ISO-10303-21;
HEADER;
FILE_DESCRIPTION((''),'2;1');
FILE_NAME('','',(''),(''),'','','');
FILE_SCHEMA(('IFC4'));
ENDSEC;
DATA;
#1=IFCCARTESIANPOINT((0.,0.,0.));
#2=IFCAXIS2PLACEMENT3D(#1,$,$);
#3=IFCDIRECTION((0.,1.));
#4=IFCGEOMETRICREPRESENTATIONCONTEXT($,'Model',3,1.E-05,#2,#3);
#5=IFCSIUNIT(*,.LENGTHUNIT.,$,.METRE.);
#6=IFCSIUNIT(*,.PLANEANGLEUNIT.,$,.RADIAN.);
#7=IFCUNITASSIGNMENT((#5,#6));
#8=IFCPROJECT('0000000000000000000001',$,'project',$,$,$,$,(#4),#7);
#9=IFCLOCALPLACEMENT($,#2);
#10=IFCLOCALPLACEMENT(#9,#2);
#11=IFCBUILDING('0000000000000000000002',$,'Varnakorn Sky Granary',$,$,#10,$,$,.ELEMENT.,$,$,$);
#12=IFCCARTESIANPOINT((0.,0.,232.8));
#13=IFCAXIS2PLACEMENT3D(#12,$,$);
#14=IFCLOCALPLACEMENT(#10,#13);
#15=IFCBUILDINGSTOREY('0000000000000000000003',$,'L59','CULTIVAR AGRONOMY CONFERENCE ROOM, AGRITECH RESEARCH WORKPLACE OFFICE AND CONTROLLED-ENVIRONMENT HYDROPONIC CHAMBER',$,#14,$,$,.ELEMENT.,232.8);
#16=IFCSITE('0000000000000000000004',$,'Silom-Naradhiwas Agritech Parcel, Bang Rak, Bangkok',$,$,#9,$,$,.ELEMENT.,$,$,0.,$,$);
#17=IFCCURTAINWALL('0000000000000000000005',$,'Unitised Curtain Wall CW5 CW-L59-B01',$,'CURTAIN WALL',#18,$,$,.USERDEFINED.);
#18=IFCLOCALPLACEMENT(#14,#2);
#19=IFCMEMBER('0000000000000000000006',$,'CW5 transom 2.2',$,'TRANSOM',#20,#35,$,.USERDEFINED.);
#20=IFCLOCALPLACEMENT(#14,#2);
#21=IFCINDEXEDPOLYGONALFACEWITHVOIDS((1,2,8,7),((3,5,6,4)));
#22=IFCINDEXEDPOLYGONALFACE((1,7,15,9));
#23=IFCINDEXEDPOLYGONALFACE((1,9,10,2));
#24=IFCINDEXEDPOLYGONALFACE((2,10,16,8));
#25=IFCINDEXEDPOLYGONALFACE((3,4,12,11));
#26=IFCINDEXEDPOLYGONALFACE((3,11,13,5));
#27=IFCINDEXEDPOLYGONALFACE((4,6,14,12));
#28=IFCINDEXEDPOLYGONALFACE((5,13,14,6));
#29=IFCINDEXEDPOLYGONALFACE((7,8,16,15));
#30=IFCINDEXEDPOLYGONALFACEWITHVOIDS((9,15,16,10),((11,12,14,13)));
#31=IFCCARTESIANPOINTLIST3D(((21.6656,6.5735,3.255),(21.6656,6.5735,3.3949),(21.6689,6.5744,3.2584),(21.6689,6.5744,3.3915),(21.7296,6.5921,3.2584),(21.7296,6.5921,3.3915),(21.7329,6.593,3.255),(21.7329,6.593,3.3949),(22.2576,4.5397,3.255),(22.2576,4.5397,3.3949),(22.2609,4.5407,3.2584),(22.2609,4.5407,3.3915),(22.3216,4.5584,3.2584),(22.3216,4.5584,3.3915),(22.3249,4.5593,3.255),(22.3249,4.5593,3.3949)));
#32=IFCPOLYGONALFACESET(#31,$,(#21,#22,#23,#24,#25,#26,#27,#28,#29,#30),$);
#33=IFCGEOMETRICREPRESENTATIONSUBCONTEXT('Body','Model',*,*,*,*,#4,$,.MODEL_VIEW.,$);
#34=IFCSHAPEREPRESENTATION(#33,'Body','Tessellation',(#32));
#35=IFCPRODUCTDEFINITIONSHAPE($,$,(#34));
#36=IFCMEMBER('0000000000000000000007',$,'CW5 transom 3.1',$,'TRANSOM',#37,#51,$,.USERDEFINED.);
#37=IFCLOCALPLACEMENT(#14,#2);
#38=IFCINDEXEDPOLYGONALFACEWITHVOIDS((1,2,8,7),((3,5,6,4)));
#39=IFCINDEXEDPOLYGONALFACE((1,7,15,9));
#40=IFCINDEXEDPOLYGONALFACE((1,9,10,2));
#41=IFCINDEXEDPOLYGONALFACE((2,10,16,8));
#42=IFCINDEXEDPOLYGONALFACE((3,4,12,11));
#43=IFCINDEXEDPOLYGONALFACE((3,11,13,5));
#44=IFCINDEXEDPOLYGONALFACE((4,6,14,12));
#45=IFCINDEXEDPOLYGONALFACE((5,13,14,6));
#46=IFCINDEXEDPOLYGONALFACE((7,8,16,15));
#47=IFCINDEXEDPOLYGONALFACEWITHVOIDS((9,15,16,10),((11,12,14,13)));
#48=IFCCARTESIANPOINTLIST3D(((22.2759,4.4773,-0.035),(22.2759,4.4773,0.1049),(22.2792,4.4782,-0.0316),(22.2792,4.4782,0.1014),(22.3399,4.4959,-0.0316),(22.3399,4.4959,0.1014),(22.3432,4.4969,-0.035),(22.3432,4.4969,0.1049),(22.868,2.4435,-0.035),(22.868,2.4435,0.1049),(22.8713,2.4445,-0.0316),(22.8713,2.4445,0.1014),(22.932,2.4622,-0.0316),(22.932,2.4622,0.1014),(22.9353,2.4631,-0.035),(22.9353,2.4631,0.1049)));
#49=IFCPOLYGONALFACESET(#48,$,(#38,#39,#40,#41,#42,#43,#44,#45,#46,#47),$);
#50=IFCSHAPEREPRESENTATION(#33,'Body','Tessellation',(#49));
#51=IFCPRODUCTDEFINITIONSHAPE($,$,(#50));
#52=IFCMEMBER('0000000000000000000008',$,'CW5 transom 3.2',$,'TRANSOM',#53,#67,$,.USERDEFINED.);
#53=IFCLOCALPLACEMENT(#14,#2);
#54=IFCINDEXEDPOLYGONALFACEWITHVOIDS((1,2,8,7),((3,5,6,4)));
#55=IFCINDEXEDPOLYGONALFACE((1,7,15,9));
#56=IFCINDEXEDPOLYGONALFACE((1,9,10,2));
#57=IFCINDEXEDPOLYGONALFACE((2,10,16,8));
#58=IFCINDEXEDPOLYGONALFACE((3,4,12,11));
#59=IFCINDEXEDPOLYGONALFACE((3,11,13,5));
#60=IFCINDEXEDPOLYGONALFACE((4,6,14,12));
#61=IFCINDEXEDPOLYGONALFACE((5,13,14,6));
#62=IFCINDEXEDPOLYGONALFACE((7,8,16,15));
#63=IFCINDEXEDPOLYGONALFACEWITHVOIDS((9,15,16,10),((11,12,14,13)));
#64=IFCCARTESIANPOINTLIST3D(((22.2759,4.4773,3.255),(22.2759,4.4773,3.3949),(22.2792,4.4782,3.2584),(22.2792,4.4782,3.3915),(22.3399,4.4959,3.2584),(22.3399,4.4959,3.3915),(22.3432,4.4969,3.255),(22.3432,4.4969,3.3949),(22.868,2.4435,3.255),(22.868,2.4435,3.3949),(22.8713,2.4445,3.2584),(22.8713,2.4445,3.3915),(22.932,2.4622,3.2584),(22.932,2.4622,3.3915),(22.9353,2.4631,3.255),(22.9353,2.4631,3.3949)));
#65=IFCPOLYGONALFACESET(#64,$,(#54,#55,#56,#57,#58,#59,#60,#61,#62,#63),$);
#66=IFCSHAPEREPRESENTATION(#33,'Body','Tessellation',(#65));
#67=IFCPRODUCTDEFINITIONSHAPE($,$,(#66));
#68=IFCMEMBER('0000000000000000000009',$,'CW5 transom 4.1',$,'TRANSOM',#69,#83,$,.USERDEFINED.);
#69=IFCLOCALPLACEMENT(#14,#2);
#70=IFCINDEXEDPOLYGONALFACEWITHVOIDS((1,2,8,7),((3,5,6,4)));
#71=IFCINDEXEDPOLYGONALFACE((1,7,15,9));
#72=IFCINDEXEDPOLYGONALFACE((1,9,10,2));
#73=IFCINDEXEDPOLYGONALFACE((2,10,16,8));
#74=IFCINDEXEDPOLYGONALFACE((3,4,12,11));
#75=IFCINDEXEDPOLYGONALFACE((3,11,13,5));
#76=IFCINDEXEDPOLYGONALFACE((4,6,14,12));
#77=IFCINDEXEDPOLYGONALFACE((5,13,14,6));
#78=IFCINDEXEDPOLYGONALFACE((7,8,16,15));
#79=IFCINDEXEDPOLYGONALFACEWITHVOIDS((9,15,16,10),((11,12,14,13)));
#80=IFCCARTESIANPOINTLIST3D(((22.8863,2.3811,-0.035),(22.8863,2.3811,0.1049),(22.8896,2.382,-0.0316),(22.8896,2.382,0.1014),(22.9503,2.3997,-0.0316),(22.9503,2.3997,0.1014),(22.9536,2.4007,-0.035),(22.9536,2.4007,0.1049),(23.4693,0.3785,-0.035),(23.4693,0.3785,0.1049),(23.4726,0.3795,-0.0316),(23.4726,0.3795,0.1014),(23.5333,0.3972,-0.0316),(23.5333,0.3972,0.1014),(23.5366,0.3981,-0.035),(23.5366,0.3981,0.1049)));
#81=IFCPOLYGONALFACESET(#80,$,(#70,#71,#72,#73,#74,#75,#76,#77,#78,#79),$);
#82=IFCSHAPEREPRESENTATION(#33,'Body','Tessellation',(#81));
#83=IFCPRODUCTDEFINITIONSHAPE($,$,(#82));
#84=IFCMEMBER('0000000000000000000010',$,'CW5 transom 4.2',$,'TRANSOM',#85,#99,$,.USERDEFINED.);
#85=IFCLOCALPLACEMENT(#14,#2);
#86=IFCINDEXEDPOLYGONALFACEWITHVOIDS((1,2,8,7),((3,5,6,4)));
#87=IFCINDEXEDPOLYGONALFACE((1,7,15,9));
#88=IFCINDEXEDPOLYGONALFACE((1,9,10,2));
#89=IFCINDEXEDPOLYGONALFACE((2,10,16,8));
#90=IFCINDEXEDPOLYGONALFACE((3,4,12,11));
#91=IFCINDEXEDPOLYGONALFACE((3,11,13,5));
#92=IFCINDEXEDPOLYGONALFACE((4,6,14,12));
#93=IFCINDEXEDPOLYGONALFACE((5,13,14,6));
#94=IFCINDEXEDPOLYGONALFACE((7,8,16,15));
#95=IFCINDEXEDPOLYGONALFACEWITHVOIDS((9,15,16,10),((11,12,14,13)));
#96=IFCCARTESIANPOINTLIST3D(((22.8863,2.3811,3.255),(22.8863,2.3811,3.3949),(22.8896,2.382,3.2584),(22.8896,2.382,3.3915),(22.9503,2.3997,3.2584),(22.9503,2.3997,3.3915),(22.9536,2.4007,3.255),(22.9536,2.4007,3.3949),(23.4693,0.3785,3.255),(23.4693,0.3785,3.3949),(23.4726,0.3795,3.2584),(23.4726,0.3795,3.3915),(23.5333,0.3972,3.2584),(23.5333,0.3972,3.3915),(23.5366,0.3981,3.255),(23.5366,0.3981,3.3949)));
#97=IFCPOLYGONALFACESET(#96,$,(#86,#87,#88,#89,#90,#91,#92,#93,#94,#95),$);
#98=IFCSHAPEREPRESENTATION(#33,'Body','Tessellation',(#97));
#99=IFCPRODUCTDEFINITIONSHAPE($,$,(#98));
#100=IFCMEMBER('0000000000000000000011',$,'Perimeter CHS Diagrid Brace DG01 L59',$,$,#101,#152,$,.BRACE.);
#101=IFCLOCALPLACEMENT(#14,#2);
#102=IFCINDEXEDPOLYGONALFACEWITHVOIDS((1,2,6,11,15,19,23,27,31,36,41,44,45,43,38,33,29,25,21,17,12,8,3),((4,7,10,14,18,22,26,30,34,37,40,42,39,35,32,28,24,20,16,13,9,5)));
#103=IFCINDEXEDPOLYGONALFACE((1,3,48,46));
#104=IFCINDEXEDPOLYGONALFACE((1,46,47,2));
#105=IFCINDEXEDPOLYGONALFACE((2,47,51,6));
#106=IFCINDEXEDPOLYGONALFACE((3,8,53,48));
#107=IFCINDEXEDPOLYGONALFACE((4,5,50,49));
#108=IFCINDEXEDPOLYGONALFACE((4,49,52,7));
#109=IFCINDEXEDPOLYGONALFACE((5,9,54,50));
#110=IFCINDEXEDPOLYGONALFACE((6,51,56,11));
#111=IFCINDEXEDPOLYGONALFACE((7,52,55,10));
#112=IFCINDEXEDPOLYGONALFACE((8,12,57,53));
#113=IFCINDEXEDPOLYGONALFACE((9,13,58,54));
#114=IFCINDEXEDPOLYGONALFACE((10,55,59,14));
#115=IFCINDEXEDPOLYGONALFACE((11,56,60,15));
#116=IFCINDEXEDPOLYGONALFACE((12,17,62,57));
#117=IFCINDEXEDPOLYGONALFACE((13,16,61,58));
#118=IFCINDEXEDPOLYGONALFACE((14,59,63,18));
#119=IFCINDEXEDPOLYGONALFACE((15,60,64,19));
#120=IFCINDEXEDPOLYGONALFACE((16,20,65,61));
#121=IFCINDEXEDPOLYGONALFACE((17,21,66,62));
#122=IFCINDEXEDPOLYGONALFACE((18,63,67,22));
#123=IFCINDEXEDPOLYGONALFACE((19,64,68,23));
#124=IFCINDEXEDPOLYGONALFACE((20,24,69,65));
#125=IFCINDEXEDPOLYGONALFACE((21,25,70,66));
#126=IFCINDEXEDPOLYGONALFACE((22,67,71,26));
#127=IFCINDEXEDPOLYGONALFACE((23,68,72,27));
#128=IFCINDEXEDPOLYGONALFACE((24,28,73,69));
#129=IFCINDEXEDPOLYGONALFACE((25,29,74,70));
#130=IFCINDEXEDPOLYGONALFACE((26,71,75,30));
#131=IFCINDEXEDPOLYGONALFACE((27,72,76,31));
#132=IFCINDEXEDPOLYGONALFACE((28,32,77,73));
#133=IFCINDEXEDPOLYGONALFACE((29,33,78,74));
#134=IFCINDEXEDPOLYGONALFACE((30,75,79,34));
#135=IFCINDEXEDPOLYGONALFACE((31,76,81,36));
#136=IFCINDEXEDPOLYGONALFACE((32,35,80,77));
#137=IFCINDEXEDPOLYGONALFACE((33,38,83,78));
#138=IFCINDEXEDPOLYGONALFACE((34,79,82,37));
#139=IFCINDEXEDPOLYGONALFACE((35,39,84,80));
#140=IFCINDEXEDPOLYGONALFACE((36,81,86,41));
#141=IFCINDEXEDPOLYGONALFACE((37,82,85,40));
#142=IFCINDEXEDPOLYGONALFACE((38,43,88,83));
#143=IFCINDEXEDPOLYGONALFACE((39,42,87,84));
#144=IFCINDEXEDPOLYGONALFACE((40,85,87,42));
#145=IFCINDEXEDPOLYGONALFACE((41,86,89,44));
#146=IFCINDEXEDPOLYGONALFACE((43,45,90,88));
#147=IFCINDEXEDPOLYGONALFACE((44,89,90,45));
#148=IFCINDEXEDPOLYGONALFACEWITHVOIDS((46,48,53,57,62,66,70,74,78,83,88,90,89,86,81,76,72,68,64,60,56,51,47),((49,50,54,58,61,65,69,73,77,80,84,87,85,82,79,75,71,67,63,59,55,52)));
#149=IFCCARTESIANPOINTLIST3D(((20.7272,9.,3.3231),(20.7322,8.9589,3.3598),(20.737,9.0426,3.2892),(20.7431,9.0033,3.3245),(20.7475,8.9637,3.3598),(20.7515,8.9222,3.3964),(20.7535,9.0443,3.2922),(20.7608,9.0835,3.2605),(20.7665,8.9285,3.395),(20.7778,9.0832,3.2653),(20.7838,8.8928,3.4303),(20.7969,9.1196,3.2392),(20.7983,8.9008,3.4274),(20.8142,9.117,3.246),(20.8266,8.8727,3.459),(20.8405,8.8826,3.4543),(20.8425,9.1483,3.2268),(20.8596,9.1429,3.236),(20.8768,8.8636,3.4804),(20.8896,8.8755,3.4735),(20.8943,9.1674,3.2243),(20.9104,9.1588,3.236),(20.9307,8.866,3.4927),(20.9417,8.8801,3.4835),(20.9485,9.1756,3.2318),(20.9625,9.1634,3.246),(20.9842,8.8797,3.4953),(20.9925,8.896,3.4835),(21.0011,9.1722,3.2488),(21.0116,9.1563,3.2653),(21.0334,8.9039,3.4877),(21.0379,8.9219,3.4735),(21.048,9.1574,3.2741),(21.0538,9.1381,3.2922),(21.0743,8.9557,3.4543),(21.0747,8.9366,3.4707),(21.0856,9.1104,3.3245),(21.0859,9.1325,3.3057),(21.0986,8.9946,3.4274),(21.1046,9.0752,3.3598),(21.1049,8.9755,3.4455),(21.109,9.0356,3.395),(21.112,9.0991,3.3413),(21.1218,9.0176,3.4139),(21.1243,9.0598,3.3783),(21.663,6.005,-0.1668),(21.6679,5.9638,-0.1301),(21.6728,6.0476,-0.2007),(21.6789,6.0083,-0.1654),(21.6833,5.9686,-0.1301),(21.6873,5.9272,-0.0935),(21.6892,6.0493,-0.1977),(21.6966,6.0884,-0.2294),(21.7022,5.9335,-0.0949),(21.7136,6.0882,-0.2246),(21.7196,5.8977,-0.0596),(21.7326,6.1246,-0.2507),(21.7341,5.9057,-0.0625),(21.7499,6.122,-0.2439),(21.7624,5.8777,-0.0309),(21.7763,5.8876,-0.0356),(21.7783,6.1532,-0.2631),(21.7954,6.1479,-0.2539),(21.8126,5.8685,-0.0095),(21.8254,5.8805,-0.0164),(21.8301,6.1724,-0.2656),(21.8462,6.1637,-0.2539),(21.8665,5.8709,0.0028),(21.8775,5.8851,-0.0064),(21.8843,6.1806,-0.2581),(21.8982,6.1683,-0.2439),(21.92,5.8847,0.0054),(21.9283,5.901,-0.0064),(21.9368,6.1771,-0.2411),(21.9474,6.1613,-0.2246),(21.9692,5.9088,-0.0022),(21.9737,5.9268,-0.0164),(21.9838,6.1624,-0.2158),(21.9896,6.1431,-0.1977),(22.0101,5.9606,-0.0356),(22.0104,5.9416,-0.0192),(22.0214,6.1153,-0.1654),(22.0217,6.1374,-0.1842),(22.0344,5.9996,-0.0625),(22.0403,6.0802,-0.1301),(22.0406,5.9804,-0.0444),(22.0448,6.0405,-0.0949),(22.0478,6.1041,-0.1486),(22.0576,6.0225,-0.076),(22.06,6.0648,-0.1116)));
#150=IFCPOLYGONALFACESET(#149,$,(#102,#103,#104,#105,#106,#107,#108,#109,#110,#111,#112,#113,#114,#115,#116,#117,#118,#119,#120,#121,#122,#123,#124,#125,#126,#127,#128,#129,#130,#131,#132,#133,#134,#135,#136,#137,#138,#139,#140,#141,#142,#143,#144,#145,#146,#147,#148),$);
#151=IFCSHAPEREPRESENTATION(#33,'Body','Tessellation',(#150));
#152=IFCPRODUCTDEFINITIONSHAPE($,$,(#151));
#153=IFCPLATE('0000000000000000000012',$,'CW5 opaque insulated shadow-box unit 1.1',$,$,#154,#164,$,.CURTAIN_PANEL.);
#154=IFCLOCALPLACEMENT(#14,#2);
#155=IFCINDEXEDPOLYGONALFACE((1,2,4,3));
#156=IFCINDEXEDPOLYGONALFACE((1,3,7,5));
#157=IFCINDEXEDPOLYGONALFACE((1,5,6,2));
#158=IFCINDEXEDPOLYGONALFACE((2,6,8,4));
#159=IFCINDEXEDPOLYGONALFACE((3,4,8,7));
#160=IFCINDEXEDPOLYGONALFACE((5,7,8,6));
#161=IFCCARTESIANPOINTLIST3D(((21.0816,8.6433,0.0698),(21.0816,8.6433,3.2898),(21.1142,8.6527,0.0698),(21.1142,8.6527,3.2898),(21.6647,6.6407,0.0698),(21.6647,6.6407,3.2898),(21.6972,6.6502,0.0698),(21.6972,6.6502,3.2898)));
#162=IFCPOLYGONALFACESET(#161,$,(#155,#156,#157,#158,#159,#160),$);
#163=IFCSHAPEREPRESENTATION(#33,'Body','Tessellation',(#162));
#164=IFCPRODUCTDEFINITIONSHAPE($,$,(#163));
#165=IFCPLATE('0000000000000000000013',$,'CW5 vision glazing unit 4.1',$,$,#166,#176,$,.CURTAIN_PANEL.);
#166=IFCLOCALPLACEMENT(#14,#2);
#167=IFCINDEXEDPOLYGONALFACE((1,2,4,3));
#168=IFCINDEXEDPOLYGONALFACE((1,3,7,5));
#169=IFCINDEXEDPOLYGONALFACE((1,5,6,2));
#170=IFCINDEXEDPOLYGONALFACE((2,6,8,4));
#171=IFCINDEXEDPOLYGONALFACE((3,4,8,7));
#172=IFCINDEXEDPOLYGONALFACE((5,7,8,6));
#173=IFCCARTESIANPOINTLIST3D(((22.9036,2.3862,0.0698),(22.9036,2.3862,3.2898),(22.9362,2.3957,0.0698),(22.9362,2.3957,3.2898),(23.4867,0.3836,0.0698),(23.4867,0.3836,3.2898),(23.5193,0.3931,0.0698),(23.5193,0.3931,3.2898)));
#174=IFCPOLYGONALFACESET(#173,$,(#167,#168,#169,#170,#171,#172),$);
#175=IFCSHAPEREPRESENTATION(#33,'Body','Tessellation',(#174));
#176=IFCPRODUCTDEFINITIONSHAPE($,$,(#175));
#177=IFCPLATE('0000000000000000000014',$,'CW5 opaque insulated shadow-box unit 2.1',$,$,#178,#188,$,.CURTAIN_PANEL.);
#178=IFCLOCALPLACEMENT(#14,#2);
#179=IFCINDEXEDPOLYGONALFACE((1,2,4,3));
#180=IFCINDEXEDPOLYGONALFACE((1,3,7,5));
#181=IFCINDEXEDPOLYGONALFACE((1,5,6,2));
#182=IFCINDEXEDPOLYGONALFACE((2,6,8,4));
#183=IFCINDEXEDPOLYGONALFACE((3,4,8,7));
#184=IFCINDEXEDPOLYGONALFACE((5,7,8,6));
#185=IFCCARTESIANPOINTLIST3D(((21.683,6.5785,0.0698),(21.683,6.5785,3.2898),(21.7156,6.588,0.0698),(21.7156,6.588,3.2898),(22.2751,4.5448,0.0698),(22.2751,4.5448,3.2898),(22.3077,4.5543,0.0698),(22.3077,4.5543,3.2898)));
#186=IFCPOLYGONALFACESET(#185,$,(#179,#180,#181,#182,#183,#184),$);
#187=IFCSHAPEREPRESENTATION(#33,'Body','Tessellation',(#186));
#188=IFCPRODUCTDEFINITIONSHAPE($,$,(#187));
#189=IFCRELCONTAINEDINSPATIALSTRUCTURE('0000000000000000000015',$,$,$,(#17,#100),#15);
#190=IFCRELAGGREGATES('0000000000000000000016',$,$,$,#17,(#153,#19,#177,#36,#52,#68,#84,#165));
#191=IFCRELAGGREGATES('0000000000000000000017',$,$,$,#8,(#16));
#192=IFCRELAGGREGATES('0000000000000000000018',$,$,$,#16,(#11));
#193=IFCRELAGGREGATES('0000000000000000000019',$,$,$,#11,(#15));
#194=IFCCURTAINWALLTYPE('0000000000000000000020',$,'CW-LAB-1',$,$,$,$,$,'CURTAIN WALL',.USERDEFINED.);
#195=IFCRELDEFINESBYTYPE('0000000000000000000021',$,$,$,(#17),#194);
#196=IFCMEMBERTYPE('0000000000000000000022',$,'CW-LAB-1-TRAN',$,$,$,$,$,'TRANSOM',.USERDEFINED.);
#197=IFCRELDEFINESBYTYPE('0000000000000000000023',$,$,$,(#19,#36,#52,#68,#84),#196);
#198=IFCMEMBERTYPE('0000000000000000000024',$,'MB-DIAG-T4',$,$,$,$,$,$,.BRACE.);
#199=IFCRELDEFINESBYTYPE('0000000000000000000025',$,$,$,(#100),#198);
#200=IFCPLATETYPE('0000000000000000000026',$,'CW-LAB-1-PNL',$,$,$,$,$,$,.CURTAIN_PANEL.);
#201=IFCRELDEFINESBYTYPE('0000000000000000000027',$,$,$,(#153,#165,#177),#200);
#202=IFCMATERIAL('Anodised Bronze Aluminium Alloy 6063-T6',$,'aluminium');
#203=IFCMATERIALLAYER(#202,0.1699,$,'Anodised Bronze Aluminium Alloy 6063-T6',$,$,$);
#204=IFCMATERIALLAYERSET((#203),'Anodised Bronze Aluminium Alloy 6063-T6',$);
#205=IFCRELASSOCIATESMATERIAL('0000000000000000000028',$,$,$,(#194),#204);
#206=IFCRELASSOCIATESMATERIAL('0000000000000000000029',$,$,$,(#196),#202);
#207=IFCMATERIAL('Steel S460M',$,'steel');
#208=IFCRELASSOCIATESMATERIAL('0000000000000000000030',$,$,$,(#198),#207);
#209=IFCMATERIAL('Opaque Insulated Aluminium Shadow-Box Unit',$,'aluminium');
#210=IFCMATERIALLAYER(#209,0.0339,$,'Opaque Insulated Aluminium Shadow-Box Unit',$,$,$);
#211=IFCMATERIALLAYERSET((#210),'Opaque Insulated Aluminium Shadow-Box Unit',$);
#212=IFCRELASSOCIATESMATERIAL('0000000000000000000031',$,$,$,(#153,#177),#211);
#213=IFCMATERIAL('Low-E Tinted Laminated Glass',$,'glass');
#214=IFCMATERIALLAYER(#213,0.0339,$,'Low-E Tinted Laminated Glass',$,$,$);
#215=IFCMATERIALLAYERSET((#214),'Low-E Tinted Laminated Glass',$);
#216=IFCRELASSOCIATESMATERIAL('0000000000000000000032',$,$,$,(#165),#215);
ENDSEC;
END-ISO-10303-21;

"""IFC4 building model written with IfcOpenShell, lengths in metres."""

from ifc_helpers import new_model, si_unit, direction, frame, origin, origin_2d, place, context, subcontext, project, spatial, rectangle, hollow_rectangle, hollow_circle, extrude, source, transform, mapped, material, layer, layer_set, material_profile, profile_set, type_object, type_shapes, element, aggregate, save


model = new_model("IFC4")

# Units and contexts
model_context = context("Model", 3, precision=1e-05, world=origin(), true_north=direction((0.0, 1.0)))
body_context = subcontext(model_context, "Body", "Model", "MODEL_VIEW")
ifc_project = project(units=[si_unit("LENGTHUNIT", "METRE"), si_unit("PLANEANGLEUNIT", "RADIAN")], contexts=[model_context])

# Site, building, storey
site_placement = place(None, origin())
site = spatial("IfcSite", under=ifc_project, at=site_placement, Name="Silom-Naradhiwas Agritech Parcel, Bang Rak, Bangkok", CompositionType="ELEMENT", RefElevation=0.0)
building_placement = place(site_placement, origin())
building = spatial("IfcBuilding", under=site, at=building_placement, Name="Varnakorn Sky Granary", CompositionType="ELEMENT")
storey_placement = place(building_placement, frame((0.0, 0.0, 232.8)))
storey = spatial("IfcBuildingStorey", under=building, at=storey_placement, Name="L59", Description="CULTIVAR AGRONOMY CONFERENCE ROOM, AGRITECH RESEARCH WORKPLACE OFFICE AND CONTROLLED-ENVIRONMENT HYDROPONIC CHAMBER", CompositionType="ELEMENT", Elevation=232.8)

# Shared definitions
ifc_material_1 = material(Name="Steel S460M", Category="steel")

# Curtain wall, members
ifc_material_2 = material(Name="Anodised Bronze Aluminium Alloy 6063-T6", Category="aluminium")
ifc_layer_1 = layer(ifc_material_2, 0.1699, Name="Anodised Bronze Aluminium Alloy 6063-T6")
ifc_layer_set_1 = layer_set([ifc_layer_1], Name="Anodised Bronze Aluminium Alloy 6063-T6")
curtain_wall_type = type_object("IfcCurtainWallType", Name="CW-LAB-1", ElementType="CURTAIN WALL", PredefinedType="USERDEFINED", material=ifc_layer_set_1)
curtain_wall_placement = place(storey_placement, origin())
curtain_wall = element("IfcCurtainWall", 1, at=curtain_wall_placement, inside=storey, type_object=curtain_wall_type, Name="Unitised Curtain Wall CW5 CW-L59-B01", ObjectType="CURTAIN WALL", PredefinedType="USERDEFINED")
ifc_material_profile_1 = material_profile(ifc_material_2, hollow_rectangle(XDim=0.0701, YDim=0.1399, WallThickness=0.0034, at=origin_2d()), Name="ALU TRAN 70x140")
ifc_profile_set_1 = profile_set([ifc_material_profile_1], Name="Anodised Bronze Aluminium Alloy 6063-T6")
member_type_1 = type_object("IfcMemberType", Name="CW-LAB-1-TRAN", ElementType="TRANSOM", PredefinedType="USERDEFINED", material=ifc_profile_set_1)
member_1_placement = place(storey_placement, frame((21.6992, 6.5833, 3.325), z_axis=(0.279513, -0.960142, 0.0), x_axis=(0.960142, 0.279513, 0.0)))
member_1 = element("IfcMember", 2, at=member_1_placement, type_object=member_type_1, Name="CW5 transom 2.2", ObjectType="TRANSOM", PredefinedType="USERDEFINED", context=body_context, shape_type="SweptSolid", body=[
    extrude(hollow_rectangle(XDim=0.0701, YDim=0.1399, WallThickness=0.0034, at=origin_2d()), origin(), (0.0, 0.0, 1.0), 2.1182),
])
member_2_placement = place(storey_placement, frame((22.3096, 4.4871, 0.0349), z_axis=(0.279513, -0.960142, 0.0), x_axis=(0.960142, 0.279513, 0.0)))
member_2 = element("IfcMember", 3, at=member_2_placement, type_object=member_type_1, Name="CW5 transom 3.1", ObjectType="TRANSOM", PredefinedType="USERDEFINED", context=body_context, shape_type="SweptSolid", body=[
    extrude(hollow_rectangle(XDim=0.0701, YDim=0.1399, WallThickness=0.0034, at=origin_2d()), origin(), (0.0, 0.0, 1.0), 2.1182),
])
member_3_placement = place(storey_placement, frame((22.3096, 4.4871, 3.325), z_axis=(0.279513, -0.960142, 0.0), x_axis=(0.960142, 0.279513, 0.0)))
member_3 = element("IfcMember", 4, at=member_3_placement, type_object=member_type_1, Name="CW5 transom 3.2", ObjectType="TRANSOM", PredefinedType="USERDEFINED", context=body_context, shape_type="SweptSolid", body=[
    extrude(hollow_rectangle(XDim=0.0701, YDim=0.1399, WallThickness=0.0034, at=origin_2d()), origin(), (0.0, 0.0, 1.0), 2.1182),
])
member_4_placement = place(storey_placement, frame((22.9199, 2.3909, 0.0349), z_axis=(0.279541, -0.960134, 0.0), x_axis=(0.960134, 0.279541, 0.0)))
member_4 = element("IfcMember", 5, at=member_4_placement, type_object=member_type_1, Name="CW5 transom 4.1", ObjectType="TRANSOM", PredefinedType="USERDEFINED", context=body_context, shape_type="SweptSolid", body=[
    extrude(hollow_rectangle(XDim=0.0701, YDim=0.1399, WallThickness=0.0034, at=origin_2d()), origin(), (0.0, 0.0, 1.0), 2.0857),
])
member_5_placement = place(storey_placement, frame((22.9199, 2.3909, 3.325), z_axis=(0.279541, -0.960134, 0.0), x_axis=(0.960134, 0.279541, 0.0)))
member_5 = element("IfcMember", 6, at=member_5_placement, type_object=member_type_1, Name="CW5 transom 4.2", ObjectType="TRANSOM", PredefinedType="USERDEFINED", context=body_context, shape_type="SweptSolid", body=[
    extrude(hollow_rectangle(XDim=0.0701, YDim=0.1399, WallThickness=0.0034, at=origin_2d()), origin(), (0.0, 0.0, 1.0), 2.0857),
])

# Member
ifc_material_profile_2 = material_profile(ifc_material_1, hollow_circle(Radius=0.2031, WallThickness=0.0161, at=origin_2d()), Name="CHS 406.4x16")
ifc_profile_set_2 = profile_set([ifc_material_profile_2], Name="Steel S460M")
member_type_2 = type_object("IfcMemberType", Name="MB-DIAG-T4", PredefinedType="BRACE", material=ifc_profile_set_2)
member_6_placement = place(storey_placement, frame((21.8618, 6.0244, -0.1301), z_axis=(-0.199391, 0.638177, 0.743621), x_axis=(-0.954497, -0.298222, 0.0)))
element("IfcMember", 7, at=member_6_placement, inside=storey, type_object=member_type_2, Name="Perimeter CHS Diagrid Brace DG01 L59", PredefinedType="BRACE", context=body_context, shape_type="SweptSolid", body=[
    extrude(hollow_circle(Radius=0.2031, WallThickness=0.0161, at=origin_2d()), origin(), (0.0, 0.0, 1.0), 4.6931),
])

# Plates
ifc_material_3 = material(Name="Opaque Insulated Aluminium Shadow-Box Unit", Category="aluminium")
ifc_layer_2 = layer(ifc_material_3, 0.0339, Name="Opaque Insulated Aluminium Shadow-Box Unit")
ifc_layer_set_2 = layer_set([ifc_layer_2], Name="Opaque Insulated Aluminium Shadow-Box Unit")
plate_type = type_object("IfcPlateType", Name="CW-LAB-1-PNL", PredefinedType="CURTAIN_PANEL")
shared_shape_1 = source(origin(), body_context, "Body", "SweptSolid", [
    extrude(rectangle(XDim=2.0857, YDim=0.0339, at=origin_2d()), origin(), (0.0, 0.0, 1.0), 3.22),
])
plate_1_placement = place(storey_placement, frame((21.3894, 7.6467, 0.0698), z_axis=(0.0, 0.0, 1.0), x_axis=(0.279559, -0.960129, 0.0)))
plate_1 = element("IfcPlate", 8, at=plate_1_placement, type_object=plate_type, material=ifc_layer_set_2, Name="CW5 opaque insulated shadow-box unit 1.1", PredefinedType="CURTAIN_PANEL", context=body_context, shape_type="MappedRepresentation", body=[
    mapped(shared_shape_1, transform((0.0, 0.0, 0.0), x_axis=(1.0, 0.0, 0.0), y_axis=(0.0, 1.0, 0.0), z_axis=(0.0, 0.0, 1.0), scale=1.0)),
])
ifc_material_4 = material(Name="Low-E Tinted Laminated Glass", Category="glass")
ifc_layer_3 = layer(ifc_material_4, 0.0339, Name="Low-E Tinted Laminated Glass")
ifc_layer_set_3 = layer_set([ifc_layer_3], Name="Low-E Tinted Laminated Glass")
plate_2_placement = place(storey_placement, frame((23.2114, 1.3896, 0.0698), z_axis=(0.0, 0.0, 1.0), x_axis=(0.279559, -0.960129, 0.0)))
plate_2 = element("IfcPlate", 9, at=plate_2_placement, type_object=plate_type, material=ifc_layer_set_3, Name="CW5 vision glazing unit 4.1", PredefinedType="CURTAIN_PANEL", context=body_context, shape_type="MappedRepresentation", body=[
    mapped(shared_shape_1, transform((0.0, 0.0, 0.0), x_axis=(1.0, 0.0, 0.0), y_axis=(0.0, 1.0, 0.0), z_axis=(0.0, 0.0, 1.0), scale=1.0)),
])
shared_shape_2 = source(origin(), body_context, "Body", "SweptSolid", [
    extrude(rectangle(XDim=2.1182, YDim=0.0339, at=origin_2d()), origin(), (0.0, 0.0, 1.0), 3.22),
])
type_shapes(plate_type, [shared_shape_1, shared_shape_2])
plate_3_placement = place(storey_placement, frame((21.9954, 5.5664, 0.0698), z_axis=(0.0, 0.0, 1.0), x_axis=(0.279559, -0.960129, 0.0)))
plate_3 = element("IfcPlate", 10, at=plate_3_placement, type_object=plate_type, material=ifc_layer_set_2, Name="CW5 opaque insulated shadow-box unit 2.1", PredefinedType="CURTAIN_PANEL", context=body_context, shape_type="MappedRepresentation", body=[
    mapped(shared_shape_2, transform((0.0, 0.0, 0.0), x_axis=(1.0, 0.0, 0.0), y_axis=(0.0, 1.0, 0.0), z_axis=(0.0, 0.0, 1.0), scale=1.0)),
])
aggregate(curtain_wall, [plate_1, member_1, plate_3, member_2, member_3, member_4, member_5, plate_2])

save(model, "model.ifc")
